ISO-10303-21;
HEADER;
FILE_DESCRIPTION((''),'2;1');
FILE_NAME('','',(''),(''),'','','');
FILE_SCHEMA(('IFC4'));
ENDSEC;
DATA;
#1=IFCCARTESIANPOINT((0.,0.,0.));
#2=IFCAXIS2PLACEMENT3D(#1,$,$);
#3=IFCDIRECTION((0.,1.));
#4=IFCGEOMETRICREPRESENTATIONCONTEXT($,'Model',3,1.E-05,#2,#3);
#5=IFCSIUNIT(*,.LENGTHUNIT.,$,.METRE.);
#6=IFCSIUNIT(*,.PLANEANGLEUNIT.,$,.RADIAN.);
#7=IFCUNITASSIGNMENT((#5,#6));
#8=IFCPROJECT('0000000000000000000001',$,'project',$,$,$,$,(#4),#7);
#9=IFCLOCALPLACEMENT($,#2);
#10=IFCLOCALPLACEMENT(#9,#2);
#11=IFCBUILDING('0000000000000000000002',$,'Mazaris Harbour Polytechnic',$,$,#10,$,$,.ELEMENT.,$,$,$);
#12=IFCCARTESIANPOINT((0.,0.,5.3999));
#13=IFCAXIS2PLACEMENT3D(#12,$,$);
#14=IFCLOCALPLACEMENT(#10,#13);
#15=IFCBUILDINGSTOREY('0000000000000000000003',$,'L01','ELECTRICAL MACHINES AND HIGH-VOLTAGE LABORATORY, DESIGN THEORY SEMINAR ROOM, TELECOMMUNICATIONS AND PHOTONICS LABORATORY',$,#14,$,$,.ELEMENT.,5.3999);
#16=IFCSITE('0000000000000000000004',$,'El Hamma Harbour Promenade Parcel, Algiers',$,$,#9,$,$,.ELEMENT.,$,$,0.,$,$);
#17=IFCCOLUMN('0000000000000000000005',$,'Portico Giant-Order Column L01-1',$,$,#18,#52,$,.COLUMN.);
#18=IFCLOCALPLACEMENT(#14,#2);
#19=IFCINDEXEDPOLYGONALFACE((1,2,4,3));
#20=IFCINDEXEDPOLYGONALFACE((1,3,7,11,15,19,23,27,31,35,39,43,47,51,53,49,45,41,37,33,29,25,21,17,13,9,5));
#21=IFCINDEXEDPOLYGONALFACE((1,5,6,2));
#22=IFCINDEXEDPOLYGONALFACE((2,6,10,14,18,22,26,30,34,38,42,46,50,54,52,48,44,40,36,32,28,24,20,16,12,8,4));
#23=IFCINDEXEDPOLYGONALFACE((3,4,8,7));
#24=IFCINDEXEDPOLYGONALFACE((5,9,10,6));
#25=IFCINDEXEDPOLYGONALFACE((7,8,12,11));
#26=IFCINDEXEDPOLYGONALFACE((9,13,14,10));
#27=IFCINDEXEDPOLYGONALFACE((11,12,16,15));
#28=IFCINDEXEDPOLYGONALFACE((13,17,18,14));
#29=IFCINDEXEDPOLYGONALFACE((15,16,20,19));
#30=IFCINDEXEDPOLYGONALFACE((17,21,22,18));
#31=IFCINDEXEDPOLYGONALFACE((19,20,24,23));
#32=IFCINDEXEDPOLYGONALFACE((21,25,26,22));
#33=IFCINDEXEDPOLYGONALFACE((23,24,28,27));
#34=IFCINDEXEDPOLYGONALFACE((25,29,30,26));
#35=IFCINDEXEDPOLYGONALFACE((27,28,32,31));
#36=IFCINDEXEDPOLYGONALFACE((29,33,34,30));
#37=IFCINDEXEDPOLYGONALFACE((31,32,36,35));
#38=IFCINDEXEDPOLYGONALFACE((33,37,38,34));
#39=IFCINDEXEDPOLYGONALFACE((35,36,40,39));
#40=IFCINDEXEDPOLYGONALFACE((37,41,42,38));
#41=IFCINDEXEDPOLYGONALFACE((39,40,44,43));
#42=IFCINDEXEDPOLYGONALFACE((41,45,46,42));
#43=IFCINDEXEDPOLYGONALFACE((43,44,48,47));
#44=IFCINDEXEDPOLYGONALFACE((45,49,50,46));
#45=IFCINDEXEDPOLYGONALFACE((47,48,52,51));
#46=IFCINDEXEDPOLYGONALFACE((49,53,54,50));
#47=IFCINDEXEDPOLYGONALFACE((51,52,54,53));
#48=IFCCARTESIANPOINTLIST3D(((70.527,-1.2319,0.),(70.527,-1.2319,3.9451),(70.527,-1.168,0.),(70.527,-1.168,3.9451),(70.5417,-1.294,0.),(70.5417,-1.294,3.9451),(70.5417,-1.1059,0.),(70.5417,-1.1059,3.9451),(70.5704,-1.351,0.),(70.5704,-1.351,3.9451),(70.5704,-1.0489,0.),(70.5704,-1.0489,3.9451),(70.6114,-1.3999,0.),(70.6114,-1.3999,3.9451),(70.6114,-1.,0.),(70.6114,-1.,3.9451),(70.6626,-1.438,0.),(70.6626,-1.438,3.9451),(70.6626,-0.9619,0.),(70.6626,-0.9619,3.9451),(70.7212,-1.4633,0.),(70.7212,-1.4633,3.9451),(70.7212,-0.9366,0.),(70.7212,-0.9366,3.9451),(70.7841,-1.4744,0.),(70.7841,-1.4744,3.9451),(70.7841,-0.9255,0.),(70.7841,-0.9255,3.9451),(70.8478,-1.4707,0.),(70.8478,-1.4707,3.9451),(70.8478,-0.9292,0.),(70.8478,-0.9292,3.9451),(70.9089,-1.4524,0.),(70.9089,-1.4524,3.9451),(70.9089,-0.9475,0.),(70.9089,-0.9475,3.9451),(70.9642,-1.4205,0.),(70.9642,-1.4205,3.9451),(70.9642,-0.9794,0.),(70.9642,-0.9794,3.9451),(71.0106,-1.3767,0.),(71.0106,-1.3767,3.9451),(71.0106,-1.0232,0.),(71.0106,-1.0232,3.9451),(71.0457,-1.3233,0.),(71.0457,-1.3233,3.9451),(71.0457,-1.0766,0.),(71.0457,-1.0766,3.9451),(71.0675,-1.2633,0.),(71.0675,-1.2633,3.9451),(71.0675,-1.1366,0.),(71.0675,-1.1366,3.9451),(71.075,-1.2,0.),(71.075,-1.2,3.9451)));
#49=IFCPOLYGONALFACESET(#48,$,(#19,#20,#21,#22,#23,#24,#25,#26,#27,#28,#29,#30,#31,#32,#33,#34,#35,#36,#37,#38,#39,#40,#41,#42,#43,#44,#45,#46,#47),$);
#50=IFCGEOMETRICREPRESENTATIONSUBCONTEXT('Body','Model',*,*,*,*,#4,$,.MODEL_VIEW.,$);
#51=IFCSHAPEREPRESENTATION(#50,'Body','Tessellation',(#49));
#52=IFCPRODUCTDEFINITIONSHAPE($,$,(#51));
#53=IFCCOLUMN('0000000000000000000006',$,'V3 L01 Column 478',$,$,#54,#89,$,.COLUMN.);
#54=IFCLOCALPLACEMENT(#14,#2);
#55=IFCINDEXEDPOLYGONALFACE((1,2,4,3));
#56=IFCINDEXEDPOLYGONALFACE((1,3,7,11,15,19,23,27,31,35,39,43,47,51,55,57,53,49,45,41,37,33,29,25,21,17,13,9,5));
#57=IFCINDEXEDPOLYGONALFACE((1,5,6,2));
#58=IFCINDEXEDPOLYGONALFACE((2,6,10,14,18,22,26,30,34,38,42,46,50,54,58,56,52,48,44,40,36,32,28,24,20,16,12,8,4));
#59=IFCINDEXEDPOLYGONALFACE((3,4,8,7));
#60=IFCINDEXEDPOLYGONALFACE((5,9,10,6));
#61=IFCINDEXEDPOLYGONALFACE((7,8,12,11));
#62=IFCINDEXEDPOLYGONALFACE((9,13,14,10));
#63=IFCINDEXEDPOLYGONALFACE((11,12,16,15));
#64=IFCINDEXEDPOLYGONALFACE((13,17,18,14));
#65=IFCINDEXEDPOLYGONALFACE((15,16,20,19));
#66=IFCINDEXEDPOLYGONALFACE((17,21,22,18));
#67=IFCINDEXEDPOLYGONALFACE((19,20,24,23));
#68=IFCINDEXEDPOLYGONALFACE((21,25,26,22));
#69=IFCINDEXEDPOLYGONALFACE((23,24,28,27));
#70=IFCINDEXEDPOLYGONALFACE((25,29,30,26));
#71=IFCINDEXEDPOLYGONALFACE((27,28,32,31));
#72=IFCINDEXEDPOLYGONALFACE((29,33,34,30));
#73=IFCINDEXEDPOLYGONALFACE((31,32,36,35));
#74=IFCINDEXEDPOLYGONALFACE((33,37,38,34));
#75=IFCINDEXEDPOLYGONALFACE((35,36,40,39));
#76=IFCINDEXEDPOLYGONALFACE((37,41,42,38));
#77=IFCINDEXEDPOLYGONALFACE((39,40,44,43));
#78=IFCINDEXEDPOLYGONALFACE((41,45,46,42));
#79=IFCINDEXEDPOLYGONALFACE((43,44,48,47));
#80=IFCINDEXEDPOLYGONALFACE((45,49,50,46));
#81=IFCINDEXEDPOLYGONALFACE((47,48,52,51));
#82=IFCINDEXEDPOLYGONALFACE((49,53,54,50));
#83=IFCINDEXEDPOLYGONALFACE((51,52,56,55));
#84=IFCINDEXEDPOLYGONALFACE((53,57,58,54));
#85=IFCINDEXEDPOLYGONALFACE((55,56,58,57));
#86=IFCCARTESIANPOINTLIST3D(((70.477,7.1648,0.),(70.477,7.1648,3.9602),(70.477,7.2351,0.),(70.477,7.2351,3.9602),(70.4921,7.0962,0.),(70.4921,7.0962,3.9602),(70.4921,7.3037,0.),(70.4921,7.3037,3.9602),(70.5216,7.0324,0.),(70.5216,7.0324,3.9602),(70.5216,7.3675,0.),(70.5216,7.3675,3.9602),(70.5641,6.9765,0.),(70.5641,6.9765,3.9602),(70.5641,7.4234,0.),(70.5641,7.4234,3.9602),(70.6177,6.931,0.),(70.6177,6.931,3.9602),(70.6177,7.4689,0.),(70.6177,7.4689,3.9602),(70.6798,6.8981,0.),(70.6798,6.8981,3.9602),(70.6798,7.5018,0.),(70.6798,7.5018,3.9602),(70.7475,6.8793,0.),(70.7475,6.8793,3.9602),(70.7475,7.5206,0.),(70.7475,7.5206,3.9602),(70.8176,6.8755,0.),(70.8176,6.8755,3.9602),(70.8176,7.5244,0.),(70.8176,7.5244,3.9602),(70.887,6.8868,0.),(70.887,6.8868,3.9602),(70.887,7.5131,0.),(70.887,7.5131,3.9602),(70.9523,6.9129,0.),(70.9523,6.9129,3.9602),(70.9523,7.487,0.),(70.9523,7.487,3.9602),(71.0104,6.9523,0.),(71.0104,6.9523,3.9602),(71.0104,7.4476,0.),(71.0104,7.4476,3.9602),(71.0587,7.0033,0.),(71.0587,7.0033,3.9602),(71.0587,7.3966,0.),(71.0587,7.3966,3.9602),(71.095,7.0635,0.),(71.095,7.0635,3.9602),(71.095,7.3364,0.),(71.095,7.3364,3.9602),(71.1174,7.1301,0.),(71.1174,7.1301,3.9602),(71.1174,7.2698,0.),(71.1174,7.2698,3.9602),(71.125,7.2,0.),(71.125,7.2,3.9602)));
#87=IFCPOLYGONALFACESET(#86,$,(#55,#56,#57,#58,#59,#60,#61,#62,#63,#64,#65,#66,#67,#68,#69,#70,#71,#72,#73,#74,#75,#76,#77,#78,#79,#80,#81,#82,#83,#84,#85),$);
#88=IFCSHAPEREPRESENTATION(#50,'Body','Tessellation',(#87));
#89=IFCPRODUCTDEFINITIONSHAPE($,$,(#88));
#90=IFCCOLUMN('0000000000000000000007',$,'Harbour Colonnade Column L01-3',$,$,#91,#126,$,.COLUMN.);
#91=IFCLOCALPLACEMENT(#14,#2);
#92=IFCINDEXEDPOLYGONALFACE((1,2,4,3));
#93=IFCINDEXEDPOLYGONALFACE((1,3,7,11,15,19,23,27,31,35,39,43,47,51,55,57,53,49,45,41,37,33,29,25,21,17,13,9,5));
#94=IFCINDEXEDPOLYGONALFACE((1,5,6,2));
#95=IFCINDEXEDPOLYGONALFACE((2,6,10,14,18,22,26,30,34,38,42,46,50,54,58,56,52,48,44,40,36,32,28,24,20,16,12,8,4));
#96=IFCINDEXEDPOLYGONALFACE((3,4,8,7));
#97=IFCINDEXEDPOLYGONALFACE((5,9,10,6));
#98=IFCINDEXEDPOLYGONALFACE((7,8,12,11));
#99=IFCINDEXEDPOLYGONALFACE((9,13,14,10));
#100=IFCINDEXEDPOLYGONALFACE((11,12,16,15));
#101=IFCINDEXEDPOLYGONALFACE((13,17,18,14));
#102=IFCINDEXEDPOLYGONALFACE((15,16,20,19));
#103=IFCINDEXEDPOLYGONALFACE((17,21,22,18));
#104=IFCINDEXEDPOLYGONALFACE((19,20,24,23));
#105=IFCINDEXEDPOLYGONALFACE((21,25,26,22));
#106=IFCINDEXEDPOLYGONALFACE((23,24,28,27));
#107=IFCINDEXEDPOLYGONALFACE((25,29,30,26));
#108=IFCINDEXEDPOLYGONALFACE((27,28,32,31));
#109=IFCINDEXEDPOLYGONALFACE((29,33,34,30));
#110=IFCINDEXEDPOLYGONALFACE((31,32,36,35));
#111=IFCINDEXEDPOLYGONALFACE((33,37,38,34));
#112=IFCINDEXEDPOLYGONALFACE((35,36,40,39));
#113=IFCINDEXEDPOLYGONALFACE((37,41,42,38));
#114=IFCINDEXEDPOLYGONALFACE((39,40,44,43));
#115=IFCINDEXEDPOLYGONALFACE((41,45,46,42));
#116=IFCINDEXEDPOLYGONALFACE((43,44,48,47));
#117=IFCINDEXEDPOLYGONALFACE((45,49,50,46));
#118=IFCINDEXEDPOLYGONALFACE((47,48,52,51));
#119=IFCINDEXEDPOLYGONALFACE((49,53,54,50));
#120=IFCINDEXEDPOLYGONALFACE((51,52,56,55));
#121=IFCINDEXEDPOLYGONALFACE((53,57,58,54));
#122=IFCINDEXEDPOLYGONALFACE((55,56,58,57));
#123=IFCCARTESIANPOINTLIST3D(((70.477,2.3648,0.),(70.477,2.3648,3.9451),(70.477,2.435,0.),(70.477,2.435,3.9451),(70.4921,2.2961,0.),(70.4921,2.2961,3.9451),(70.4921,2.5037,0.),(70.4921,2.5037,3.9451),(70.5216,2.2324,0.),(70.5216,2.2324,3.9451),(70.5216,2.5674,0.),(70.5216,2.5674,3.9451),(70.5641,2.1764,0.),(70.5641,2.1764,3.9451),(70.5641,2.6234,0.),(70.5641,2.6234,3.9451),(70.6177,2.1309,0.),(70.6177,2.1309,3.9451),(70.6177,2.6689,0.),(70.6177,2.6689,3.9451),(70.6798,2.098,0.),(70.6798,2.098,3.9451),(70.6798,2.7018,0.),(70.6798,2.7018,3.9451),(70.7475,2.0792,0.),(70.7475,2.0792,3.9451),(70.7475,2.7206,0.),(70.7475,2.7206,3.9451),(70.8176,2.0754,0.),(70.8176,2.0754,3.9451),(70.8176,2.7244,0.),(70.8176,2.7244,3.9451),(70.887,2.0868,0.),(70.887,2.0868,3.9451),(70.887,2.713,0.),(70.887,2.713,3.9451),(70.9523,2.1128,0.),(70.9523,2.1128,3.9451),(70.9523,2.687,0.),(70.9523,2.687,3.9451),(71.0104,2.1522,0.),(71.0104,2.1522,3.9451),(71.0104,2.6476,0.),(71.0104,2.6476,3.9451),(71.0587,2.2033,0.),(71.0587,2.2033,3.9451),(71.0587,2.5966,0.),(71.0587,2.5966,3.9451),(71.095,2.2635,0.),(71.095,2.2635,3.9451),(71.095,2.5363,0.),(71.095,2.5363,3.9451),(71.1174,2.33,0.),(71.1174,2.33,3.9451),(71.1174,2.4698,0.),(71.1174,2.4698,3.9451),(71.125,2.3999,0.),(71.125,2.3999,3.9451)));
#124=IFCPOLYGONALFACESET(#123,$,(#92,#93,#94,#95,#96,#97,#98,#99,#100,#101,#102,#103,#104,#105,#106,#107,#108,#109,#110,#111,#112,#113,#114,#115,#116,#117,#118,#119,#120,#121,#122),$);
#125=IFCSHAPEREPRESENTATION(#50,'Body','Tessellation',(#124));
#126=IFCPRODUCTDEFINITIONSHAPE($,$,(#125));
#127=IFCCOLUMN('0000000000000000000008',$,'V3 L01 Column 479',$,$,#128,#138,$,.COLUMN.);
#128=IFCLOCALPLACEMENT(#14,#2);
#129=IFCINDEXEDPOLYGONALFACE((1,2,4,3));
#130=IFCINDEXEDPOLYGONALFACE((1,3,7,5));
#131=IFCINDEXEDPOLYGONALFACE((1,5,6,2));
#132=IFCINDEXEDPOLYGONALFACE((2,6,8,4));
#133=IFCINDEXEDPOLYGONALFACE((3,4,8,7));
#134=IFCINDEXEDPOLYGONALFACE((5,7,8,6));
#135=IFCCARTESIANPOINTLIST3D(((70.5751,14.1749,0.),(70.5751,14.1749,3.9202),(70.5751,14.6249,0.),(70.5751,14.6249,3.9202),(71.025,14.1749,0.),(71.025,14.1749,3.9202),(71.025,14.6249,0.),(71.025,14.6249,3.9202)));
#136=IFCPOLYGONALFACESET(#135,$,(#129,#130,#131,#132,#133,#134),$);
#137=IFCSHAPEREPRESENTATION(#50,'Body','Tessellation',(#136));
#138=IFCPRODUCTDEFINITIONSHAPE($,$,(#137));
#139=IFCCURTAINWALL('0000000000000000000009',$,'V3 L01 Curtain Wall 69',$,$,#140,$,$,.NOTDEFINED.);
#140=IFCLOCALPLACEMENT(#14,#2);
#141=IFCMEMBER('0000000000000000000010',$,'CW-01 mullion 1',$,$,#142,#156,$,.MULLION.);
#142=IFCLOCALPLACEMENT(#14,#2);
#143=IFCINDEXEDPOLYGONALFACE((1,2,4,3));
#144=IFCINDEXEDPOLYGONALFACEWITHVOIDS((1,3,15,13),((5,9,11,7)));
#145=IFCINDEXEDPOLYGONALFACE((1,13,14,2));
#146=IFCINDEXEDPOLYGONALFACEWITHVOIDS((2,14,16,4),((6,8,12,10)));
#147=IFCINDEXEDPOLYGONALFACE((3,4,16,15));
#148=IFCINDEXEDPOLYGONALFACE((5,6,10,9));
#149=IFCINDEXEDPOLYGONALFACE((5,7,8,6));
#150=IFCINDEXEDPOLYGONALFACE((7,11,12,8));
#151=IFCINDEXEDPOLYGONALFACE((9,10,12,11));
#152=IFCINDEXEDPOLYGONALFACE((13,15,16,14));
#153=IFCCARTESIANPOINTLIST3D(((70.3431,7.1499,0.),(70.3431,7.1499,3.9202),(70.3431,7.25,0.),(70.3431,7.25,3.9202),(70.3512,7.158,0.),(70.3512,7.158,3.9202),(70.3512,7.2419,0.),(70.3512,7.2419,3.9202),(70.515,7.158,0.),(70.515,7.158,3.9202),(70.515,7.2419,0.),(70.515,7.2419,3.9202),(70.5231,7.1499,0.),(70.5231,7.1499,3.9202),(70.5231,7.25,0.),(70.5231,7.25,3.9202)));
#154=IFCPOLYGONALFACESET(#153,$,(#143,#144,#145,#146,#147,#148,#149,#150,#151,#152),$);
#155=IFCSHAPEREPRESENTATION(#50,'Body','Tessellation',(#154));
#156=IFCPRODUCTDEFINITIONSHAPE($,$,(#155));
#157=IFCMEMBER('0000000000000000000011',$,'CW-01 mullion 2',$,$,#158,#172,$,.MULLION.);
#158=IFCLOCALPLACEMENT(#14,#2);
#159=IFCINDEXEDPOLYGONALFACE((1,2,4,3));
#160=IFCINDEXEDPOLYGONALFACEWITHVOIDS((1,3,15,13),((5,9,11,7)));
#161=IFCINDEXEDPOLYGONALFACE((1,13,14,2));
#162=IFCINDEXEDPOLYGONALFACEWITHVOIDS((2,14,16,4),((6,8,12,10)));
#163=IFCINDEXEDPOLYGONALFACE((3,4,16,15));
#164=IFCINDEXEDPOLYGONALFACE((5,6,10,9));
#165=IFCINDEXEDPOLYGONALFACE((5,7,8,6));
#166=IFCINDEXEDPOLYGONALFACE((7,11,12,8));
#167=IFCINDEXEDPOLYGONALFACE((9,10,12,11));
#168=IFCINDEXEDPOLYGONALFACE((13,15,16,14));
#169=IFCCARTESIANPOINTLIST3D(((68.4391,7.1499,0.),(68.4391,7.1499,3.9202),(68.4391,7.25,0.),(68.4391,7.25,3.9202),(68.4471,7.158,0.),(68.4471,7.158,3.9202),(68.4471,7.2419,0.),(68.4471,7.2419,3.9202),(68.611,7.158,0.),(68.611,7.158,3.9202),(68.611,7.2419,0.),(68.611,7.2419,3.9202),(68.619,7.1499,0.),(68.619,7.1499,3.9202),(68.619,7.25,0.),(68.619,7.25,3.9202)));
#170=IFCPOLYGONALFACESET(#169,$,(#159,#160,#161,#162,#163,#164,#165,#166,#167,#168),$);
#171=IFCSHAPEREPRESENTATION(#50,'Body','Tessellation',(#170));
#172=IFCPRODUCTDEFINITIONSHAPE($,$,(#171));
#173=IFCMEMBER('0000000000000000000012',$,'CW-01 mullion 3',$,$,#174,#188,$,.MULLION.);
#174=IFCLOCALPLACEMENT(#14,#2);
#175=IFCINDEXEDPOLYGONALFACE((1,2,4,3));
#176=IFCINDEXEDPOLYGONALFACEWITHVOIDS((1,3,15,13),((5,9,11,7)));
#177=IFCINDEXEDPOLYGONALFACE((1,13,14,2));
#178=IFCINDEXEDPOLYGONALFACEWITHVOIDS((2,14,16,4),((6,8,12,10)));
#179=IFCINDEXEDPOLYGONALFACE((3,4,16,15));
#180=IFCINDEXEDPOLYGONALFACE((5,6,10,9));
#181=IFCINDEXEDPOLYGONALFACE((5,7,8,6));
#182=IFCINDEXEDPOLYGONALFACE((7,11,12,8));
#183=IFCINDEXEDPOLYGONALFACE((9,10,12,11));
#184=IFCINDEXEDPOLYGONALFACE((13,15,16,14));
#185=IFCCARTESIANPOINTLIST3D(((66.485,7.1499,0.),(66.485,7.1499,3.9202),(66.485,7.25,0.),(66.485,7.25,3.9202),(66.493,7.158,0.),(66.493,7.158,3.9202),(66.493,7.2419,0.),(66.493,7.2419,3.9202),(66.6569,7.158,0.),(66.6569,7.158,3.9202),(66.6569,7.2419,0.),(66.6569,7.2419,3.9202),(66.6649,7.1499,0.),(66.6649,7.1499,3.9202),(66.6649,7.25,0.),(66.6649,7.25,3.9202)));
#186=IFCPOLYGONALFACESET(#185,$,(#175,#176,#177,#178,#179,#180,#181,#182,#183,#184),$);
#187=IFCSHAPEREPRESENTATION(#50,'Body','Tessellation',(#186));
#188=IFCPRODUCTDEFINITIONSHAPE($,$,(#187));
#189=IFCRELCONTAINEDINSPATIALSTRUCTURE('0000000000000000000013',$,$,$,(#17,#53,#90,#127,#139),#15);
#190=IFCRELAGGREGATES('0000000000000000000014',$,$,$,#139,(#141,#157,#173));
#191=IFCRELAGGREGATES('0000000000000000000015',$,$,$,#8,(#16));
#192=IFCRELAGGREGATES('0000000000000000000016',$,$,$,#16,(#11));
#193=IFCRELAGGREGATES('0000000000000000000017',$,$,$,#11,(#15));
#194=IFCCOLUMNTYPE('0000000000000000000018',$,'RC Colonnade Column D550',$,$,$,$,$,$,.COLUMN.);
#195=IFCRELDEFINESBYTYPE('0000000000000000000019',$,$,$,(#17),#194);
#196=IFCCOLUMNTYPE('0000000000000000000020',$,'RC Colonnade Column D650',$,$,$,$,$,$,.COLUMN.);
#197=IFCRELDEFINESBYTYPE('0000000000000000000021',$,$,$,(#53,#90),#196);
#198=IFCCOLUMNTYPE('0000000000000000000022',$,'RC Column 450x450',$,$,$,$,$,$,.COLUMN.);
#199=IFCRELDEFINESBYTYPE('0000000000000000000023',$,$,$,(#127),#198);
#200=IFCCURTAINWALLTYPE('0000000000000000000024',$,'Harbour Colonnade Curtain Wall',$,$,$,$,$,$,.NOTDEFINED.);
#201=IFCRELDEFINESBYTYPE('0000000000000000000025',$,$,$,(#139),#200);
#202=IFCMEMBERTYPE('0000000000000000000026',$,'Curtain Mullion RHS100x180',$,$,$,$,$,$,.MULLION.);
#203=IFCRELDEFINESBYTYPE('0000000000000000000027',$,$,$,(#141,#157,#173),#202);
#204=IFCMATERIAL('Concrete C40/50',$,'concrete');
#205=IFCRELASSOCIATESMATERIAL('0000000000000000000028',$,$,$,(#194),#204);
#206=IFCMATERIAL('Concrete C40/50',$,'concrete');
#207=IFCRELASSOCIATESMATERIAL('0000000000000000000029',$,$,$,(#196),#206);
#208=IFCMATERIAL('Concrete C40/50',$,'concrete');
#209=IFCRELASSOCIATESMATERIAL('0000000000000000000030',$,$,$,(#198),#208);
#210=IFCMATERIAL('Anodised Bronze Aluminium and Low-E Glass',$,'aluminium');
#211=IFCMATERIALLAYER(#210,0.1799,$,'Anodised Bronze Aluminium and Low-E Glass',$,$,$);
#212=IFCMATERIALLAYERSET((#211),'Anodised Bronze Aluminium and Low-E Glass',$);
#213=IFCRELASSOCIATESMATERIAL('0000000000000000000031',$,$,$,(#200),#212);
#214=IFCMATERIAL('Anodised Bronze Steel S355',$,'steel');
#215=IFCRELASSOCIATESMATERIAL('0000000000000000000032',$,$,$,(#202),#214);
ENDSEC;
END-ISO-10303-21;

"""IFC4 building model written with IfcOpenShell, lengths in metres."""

from ifc_helpers import new_model, si_unit, direction, frame, origin, origin_2d, place, context, subcontext, project, spatial, rectangle, hollow_rectangle, circle, extrude, material, layer, layer_set, material_profile, profile_set, type_object, element, aggregate, save


model = new_model("IFC4")

# Units and contexts
model_context = context("Model", 3, precision=1e-05, world=origin(), true_north=direction((0.0, 1.0)))
body_context = subcontext(model_context, "Body", "Model", "MODEL_VIEW")
ifc_project = project(units=[si_unit("LENGTHUNIT", "METRE"), si_unit("PLANEANGLEUNIT", "RADIAN")], contexts=[model_context])

# Site, building, storey
site_placement = place(None, origin())
site = spatial("IfcSite", under=ifc_project, at=site_placement, Name="El Hamma Harbour Promenade Parcel, Algiers", CompositionType="ELEMENT", RefElevation=0.0)
building_placement = place(site_placement, origin())
building = spatial("IfcBuilding", under=site, at=building_placement, Name="Mazaris Harbour Polytechnic", CompositionType="ELEMENT")
storey_placement = place(building_placement, frame((0.0, 0.0, 5.3999)))
storey = spatial("IfcBuildingStorey", under=building, at=storey_placement, Name="L01", Description="ELECTRICAL MACHINES AND HIGH-VOLTAGE LABORATORY, DESIGN THEORY SEMINAR ROOM, TELECOMMUNICATIONS AND PHOTONICS LABORATORY", CompositionType="ELEMENT", Elevation=5.3999)

# Columns
ifc_material_1 = material(Name="Concrete C40/50", Category="concrete")
ifc_material_profile_1 = material_profile(ifc_material_1, circle(Radius=0.2749, at=origin_2d()), Name="DIA550")
ifc_profile_set_1 = profile_set([ifc_material_profile_1], Name="Concrete C40/50")
column_type_1 = type_object("IfcColumnType", Name="RC Colonnade Column D550", PredefinedType="COLUMN", material=ifc_profile_set_1)
column_1_placement = place(storey_placement, frame((70.8, -1.2, 0.0), z_axis=(0.0, 0.0, 1.0), x_axis=(1.0, 0.0, 0.0)))
element("IfcColumn", 1, at=column_1_placement, inside=storey, type_object=column_type_1, Name="Portico Giant-Order Column L01-1", PredefinedType="COLUMN", context=body_context, shape_type="SweptSolid", body=[
    extrude(circle(Radius=0.2749, at=origin_2d()), origin(), (0.0, 0.0, 1.0), 3.9451),
])
ifc_material_2 = material(Name="Concrete C40/50", Category="concrete")
ifc_material_profile_2 = material_profile(ifc_material_2, circle(Radius=0.325, at=origin_2d()), Name="DIA650")
ifc_profile_set_2 = profile_set([ifc_material_profile_2], Name="Concrete C40/50")
column_type_2 = type_object("IfcColumnType", Name="RC Colonnade Column D650", PredefinedType="COLUMN", material=ifc_profile_set_2)
column_2_placement = place(storey_placement, frame((70.8, 7.2, 0.0), z_axis=(0.0, 0.0, 1.0), x_axis=(1.0, 0.0, 0.0)))
element("IfcColumn", 2, at=column_2_placement, inside=storey, type_object=column_type_2, Name="V3 L01 Column 478", PredefinedType="COLUMN", context=body_context, shape_type="SweptSolid", body=[
    extrude(circle(Radius=0.325, at=origin_2d()), origin(), (0.0, 0.0, 1.0), 3.9602),
])
column_3_placement = place(storey_placement, frame((70.8, 2.3999, 0.0), z_axis=(0.0, 0.0, 1.0), x_axis=(1.0, 0.0, 0.0)))
element("IfcColumn", 3, at=column_3_placement, inside=storey, type_object=column_type_2, Name="Harbour Colonnade Column L01-3", PredefinedType="COLUMN", context=body_context, shape_type="SweptSolid", body=[
    extrude(circle(Radius=0.325, at=origin_2d()), origin(), (0.0, 0.0, 1.0), 3.9451),
])
ifc_material_3 = material(Name="Concrete C40/50", Category="concrete")
ifc_material_profile_3 = material_profile(ifc_material_3, rectangle(XDim=0.45, YDim=0.45, at=origin_2d()), Name="RECT450x450")
ifc_profile_set_3 = profile_set([ifc_material_profile_3], Name="Concrete C40/50")
column_type_3 = type_object("IfcColumnType", Name="RC Column 450x450", PredefinedType="COLUMN", material=ifc_profile_set_3)
column_4_placement = place(storey_placement, frame((70.8, 14.3999, 0.0), z_axis=(0.0, 0.0, 1.0), x_axis=(1.0, 0.0, 0.0)))
element("IfcColumn", 4, at=column_4_placement, inside=storey, type_object=column_type_3, Name="V3 L01 Column 479", PredefinedType="COLUMN", context=body_context, shape_type="SweptSolid", body=[
    extrude(rectangle(XDim=0.45, YDim=0.45, at=origin_2d()), origin(), (0.0, 0.0, 1.0), 3.9202),
])

# Curtain wall, members
ifc_material_4 = material(Name="Anodised Bronze Aluminium and Low-E Glass", Category="aluminium")
ifc_layer_1 = layer(ifc_material_4, 0.1799, Name="Anodised Bronze Aluminium and Low-E Glass")
ifc_layer_set_1 = layer_set([ifc_layer_1], Name="Anodised Bronze Aluminium and Low-E Glass")
curtain_wall_type = type_object("IfcCurtainWallType", Name="Harbour Colonnade Curtain Wall", PredefinedType="NOTDEFINED", material=ifc_layer_set_1)
curtain_wall_placement = place(storey_placement, origin())
curtain_wall = element("IfcCurtainWall", 5, at=curtain_wall_placement, inside=storey, type_object=curtain_wall_type, Name="V3 L01 Curtain Wall 69", PredefinedType="NOTDEFINED")
ifc_material_5 = material(Name="Anodised Bronze Steel S355", Category="steel")
ifc_material_profile_4 = material_profile(ifc_material_5, hollow_rectangle(XDim=0.1001, YDim=0.1799, WallThickness=0.0081, at=origin_2d()), Name="RHS 100x180x8.0")
ifc_profile_set_4 = profile_set([ifc_material_profile_4], Name="Anodised Bronze Steel S355")
member_type_1 = type_object("IfcMemberType", Name="Curtain Mullion RHS100x180", PredefinedType="MULLION", material=ifc_profile_set_4)
member_1_placement = place(storey_placement, frame((70.4331, 7.2, 0.0), z_axis=(0.0, 0.0, 1.0), x_axis=(0.0, -1.0, 0.0)))
member_1 = element("IfcMember", 6, at=member_1_placement, type_object=member_type_1, Name="CW-01 mullion 1", PredefinedType="MULLION", context=body_context, shape_type="SweptSolid", body=[
    extrude(hollow_rectangle(XDim=0.1001, YDim=0.1799, WallThickness=0.0081, at=origin_2d()), origin(), (0.0, 0.0, 1.0), 3.9202),
])
member_2_placement = place(storey_placement, frame((68.5291, 7.2, 0.0), z_axis=(0.0, 0.0, 1.0), x_axis=(0.0, -1.0, 0.0)))
member_2 = element("IfcMember", 7, at=member_2_placement, type_object=member_type_1, Name="CW-01 mullion 2", PredefinedType="MULLION", context=body_context, shape_type="SweptSolid", body=[
    extrude(hollow_rectangle(XDim=0.1001, YDim=0.1799, WallThickness=0.0081, at=origin_2d()), origin(), (0.0, 0.0, 1.0), 3.9202),
])
member_3_placement = place(storey_placement, frame((66.575, 7.2, 0.0), z_axis=(0.0, 0.0, 1.0), x_axis=(0.0, -1.0, 0.0)))
member_3 = element("IfcMember", 8, at=member_3_placement, type_object=member_type_1, Name="CW-01 mullion 3", PredefinedType="MULLION", context=body_context, shape_type="SweptSolid", body=[
    extrude(hollow_rectangle(XDim=0.1001, YDim=0.1799, WallThickness=0.0081, at=origin_2d()), origin(), (0.0, 0.0, 1.0), 3.9202),
])

aggregate(curtain_wall, [member_1, member_2, member_3])

save(model, "model.ifc")
